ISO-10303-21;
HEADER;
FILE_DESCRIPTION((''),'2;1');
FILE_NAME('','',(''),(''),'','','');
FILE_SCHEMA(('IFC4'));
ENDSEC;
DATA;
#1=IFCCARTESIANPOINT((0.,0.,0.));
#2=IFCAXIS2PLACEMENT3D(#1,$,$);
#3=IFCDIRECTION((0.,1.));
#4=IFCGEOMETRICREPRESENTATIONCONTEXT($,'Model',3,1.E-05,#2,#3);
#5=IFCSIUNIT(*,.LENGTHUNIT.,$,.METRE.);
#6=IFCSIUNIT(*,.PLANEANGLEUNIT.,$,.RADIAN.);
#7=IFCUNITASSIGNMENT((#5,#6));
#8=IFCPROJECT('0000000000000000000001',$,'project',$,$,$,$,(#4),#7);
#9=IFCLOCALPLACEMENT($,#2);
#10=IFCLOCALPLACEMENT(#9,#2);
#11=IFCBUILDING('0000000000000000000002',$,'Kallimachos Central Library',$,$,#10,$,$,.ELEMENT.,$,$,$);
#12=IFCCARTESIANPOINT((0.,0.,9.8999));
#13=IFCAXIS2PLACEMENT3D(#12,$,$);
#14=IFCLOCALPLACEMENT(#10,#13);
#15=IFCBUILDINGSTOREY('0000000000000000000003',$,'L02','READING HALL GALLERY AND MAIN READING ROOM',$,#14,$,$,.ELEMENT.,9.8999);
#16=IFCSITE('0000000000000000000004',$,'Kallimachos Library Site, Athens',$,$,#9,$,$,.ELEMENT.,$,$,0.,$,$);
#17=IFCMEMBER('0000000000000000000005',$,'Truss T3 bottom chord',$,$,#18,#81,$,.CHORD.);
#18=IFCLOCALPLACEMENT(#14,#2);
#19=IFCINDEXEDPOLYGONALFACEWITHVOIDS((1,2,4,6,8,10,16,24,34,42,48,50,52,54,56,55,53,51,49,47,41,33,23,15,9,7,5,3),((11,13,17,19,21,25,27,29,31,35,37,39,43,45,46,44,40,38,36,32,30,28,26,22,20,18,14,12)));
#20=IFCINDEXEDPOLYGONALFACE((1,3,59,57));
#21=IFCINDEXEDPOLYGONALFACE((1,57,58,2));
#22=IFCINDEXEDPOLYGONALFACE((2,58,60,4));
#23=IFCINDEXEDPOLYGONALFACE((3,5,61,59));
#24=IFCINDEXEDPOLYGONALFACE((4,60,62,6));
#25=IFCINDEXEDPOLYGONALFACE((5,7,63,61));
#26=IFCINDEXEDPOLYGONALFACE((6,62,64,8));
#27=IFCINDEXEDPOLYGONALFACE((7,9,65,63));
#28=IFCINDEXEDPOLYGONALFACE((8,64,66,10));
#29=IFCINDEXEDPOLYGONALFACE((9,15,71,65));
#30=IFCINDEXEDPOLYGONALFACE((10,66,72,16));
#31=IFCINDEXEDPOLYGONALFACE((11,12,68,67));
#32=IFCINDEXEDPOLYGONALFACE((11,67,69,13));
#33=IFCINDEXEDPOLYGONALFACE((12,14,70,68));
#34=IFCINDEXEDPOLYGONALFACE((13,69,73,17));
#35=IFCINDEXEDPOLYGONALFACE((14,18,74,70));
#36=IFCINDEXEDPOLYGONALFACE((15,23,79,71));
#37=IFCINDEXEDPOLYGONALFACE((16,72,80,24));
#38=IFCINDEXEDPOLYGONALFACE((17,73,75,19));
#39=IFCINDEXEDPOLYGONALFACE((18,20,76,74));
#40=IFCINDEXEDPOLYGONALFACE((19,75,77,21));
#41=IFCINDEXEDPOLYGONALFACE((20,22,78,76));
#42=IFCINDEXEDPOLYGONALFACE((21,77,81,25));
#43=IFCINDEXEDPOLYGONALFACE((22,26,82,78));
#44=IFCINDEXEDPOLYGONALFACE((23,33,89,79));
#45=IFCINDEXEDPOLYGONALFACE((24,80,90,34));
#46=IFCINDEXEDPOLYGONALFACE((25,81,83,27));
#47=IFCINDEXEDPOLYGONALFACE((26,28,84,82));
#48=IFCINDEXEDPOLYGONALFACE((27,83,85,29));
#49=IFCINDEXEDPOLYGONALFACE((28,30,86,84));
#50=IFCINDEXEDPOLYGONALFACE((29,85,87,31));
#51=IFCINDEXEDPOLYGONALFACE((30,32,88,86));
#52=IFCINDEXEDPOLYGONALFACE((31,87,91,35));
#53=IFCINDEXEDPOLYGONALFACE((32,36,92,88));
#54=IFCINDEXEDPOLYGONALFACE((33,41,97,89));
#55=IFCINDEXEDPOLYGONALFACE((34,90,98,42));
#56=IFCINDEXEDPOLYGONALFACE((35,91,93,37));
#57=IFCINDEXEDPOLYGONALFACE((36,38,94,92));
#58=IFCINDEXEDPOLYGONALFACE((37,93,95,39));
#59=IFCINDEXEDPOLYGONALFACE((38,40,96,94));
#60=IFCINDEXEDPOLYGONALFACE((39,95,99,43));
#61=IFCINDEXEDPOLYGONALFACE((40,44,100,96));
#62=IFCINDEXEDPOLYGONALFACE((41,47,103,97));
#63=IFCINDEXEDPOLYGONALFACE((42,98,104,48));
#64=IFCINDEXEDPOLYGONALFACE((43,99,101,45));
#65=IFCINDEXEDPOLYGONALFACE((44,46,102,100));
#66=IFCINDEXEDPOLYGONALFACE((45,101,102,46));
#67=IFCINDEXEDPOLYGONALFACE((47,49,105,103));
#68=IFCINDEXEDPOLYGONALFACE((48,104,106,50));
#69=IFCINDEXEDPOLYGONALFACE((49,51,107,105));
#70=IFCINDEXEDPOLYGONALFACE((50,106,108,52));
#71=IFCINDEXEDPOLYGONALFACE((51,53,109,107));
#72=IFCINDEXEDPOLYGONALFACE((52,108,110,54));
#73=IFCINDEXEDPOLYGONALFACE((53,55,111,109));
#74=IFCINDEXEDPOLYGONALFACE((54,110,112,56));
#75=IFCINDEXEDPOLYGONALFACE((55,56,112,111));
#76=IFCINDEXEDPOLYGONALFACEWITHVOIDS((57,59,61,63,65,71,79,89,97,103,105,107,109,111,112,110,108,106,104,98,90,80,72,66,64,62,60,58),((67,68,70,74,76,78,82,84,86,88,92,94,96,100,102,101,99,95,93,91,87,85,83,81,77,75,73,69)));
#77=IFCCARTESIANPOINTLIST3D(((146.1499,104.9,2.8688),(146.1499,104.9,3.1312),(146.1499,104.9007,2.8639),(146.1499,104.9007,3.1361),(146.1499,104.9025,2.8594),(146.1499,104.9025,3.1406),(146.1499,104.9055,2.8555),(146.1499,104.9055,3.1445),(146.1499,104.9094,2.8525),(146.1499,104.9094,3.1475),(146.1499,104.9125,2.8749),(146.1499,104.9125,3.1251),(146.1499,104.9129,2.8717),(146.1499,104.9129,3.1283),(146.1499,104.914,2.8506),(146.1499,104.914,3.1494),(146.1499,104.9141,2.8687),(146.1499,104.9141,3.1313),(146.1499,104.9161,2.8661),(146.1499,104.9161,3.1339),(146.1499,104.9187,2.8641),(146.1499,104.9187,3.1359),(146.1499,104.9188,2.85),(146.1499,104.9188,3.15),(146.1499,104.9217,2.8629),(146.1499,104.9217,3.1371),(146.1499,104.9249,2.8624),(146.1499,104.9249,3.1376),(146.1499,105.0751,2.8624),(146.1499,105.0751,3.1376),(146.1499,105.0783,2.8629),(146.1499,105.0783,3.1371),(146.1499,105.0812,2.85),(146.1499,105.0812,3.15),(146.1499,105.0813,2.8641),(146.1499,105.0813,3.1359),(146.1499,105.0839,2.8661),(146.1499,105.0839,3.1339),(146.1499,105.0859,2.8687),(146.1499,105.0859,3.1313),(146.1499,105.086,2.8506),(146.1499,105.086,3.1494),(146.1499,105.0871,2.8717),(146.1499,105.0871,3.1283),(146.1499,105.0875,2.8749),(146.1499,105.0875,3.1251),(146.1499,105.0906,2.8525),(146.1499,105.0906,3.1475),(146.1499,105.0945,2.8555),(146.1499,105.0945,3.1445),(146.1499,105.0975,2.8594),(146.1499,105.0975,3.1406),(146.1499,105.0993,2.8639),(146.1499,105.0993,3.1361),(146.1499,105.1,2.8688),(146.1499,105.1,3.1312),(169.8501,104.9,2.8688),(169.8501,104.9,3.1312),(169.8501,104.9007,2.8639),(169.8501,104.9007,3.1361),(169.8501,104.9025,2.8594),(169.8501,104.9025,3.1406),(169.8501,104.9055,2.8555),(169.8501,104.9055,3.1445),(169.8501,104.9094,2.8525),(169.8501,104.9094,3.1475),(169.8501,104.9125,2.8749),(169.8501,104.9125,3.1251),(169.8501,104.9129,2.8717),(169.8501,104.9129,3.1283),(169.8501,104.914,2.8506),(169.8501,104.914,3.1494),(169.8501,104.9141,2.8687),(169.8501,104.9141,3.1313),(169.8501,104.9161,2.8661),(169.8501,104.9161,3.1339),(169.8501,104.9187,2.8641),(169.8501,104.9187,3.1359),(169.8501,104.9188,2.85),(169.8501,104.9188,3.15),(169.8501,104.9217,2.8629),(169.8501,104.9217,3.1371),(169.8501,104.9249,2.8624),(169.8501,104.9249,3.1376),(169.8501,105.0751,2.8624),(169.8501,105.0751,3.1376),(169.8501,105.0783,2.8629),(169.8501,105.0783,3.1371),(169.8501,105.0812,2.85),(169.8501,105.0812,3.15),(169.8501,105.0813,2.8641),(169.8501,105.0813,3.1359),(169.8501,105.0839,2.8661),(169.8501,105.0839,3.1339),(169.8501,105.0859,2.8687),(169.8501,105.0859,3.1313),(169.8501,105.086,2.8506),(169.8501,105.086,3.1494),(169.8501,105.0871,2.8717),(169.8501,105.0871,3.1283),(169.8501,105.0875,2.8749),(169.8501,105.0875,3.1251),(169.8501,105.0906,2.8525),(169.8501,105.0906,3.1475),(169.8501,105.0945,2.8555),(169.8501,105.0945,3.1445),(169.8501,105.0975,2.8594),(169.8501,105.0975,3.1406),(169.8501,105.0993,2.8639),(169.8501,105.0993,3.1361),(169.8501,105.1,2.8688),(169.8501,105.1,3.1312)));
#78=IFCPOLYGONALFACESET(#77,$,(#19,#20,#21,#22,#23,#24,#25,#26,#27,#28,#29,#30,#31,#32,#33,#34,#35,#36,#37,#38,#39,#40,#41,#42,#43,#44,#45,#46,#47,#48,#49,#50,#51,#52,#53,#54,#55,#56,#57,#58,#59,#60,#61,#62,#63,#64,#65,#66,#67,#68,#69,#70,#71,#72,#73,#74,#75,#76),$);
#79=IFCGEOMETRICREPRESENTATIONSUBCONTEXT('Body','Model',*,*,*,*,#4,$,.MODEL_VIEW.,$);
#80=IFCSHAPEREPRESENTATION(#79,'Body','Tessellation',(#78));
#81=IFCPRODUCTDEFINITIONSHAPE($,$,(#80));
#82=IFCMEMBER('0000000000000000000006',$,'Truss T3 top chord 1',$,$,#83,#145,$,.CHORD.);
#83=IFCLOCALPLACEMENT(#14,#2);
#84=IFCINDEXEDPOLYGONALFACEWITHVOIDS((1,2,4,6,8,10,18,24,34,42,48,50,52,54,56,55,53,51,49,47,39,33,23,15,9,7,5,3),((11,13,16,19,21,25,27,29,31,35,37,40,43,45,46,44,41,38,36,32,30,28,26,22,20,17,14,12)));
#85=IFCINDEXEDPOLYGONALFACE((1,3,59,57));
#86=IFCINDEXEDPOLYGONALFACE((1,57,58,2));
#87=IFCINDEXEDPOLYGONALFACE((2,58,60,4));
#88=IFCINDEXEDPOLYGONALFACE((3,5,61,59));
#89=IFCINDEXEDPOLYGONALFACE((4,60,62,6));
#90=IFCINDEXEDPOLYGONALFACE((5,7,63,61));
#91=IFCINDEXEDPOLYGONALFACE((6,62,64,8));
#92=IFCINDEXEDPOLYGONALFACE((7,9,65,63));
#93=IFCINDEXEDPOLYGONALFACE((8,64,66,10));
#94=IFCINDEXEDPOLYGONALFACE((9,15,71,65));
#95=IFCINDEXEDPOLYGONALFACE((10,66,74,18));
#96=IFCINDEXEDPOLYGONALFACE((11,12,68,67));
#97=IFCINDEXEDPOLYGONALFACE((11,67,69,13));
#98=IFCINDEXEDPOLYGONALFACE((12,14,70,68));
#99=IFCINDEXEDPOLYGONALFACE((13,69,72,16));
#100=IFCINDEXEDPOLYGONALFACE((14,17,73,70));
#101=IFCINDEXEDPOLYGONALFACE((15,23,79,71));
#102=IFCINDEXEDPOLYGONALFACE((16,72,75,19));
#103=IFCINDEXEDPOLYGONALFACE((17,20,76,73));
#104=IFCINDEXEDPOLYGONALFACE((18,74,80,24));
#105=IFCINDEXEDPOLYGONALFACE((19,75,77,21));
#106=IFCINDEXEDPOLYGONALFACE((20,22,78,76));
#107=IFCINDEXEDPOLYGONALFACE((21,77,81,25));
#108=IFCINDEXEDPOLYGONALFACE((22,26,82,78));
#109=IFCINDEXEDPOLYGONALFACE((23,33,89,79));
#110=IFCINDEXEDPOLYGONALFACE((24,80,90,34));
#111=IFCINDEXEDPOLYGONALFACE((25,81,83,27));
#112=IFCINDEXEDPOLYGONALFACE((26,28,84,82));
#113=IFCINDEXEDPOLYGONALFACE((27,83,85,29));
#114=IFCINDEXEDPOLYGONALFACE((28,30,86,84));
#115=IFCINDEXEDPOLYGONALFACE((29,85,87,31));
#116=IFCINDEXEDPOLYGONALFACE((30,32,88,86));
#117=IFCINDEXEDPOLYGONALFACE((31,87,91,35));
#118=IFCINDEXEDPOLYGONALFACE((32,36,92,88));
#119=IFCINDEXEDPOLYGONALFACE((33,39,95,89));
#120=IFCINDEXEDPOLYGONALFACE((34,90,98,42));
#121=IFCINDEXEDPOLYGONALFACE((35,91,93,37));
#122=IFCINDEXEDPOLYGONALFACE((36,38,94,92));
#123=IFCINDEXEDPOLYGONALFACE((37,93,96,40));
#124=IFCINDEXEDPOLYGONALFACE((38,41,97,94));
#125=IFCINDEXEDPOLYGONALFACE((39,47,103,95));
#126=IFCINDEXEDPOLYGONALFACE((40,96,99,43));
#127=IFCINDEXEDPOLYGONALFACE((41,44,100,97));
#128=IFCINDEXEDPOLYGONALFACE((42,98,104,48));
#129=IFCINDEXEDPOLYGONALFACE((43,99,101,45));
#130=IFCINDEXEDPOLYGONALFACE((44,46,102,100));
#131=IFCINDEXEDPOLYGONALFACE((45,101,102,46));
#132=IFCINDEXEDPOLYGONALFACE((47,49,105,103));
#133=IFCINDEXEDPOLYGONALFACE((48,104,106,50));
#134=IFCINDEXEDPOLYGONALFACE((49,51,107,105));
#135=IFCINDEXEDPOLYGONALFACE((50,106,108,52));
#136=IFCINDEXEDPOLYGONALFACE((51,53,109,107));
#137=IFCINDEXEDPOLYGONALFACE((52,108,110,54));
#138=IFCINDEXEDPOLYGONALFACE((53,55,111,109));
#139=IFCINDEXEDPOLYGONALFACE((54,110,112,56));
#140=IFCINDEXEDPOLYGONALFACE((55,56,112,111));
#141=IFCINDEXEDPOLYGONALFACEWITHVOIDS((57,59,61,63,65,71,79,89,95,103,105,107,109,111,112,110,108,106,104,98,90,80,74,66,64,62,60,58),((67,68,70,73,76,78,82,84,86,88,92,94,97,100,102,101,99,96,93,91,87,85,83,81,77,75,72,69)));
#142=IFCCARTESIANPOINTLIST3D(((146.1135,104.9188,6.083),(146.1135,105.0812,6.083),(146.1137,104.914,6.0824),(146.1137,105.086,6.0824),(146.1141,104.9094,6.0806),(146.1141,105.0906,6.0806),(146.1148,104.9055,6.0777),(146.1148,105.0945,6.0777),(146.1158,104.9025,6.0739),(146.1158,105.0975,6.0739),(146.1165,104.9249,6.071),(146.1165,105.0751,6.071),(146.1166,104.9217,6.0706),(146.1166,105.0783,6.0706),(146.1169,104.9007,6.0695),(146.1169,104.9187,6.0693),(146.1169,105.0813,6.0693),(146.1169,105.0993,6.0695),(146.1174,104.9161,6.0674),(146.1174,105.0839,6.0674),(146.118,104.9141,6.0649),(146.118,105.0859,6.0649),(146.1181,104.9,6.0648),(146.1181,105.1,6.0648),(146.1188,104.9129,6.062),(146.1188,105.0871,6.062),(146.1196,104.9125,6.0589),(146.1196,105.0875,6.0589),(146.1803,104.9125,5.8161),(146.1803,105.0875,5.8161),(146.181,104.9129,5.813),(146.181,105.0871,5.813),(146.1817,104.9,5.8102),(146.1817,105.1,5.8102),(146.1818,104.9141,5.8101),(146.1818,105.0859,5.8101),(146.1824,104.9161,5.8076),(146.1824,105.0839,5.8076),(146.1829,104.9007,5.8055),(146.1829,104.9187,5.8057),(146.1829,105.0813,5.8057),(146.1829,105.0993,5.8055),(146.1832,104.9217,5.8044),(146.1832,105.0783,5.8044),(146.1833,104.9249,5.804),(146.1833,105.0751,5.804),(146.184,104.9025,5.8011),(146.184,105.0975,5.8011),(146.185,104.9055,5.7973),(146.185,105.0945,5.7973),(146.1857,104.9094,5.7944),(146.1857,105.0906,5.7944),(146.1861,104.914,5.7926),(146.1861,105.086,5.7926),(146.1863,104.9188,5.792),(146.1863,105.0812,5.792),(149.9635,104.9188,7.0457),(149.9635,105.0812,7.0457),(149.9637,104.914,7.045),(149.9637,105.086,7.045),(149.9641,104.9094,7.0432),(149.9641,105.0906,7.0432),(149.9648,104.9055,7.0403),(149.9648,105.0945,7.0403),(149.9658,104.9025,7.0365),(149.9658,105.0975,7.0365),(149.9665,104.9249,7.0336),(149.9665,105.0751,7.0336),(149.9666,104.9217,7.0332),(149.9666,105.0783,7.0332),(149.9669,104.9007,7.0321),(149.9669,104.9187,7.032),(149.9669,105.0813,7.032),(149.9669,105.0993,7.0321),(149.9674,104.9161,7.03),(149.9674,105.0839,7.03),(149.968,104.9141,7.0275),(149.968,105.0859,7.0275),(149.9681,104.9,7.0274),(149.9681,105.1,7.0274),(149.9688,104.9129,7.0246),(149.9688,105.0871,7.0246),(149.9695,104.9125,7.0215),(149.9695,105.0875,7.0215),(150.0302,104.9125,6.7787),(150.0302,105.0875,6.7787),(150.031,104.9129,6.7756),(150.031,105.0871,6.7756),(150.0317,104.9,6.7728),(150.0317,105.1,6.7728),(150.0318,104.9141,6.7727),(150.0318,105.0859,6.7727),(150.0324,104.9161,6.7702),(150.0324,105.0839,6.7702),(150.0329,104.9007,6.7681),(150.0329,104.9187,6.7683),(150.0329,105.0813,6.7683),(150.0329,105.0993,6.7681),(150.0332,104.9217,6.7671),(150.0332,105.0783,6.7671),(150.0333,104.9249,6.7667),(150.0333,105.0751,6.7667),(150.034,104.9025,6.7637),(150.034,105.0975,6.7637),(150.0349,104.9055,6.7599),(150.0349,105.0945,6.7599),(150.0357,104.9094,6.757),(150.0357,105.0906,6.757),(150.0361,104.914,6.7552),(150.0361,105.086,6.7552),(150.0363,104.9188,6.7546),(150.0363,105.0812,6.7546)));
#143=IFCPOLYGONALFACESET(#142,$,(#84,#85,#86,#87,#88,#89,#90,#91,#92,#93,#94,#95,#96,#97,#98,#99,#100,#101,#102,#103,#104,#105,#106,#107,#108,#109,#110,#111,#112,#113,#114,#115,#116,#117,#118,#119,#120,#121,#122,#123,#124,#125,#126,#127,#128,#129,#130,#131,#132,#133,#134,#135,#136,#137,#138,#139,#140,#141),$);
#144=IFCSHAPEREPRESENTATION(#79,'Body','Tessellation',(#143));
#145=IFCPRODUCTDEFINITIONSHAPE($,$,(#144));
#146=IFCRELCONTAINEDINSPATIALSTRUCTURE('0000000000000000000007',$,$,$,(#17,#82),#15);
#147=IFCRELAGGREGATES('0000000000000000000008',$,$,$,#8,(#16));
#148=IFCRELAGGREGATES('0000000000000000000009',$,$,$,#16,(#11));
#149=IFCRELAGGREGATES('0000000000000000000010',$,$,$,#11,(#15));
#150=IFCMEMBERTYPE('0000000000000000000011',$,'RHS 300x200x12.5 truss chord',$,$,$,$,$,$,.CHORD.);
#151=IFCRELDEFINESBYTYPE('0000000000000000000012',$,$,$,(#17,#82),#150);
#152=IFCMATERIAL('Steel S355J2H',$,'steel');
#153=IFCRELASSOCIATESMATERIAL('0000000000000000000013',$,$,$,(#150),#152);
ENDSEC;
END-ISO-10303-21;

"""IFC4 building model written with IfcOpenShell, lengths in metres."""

from ifc_helpers import new_model, si_unit, direction, frame, origin, origin_2d, place, context, subcontext, project, spatial, hollow_rectangle, extrude, material, material_profile, profile_set, type_object, element, save


model = new_model("IFC4")

# Units and contexts
model_context = context("Model", 3, precision=1e-05, world=origin(), true_north=direction((0.0, 1.0)))
body_context = subcontext(model_context, "Body", "Model", "MODEL_VIEW")
ifc_project = project(units=[si_unit("LENGTHUNIT", "METRE"), si_unit("PLANEANGLEUNIT", "RADIAN")], contexts=[model_context])

# Site, building, storey
site_placement = place(None, origin())
site = spatial("IfcSite", under=ifc_project, at=site_placement, Name="Kallimachos Library Site, Athens", CompositionType="ELEMENT", RefElevation=0.0)
building_placement = place(site_placement, origin())
building = spatial("IfcBuilding", under=site, at=building_placement, Name="Kallimachos Central Library", CompositionType="ELEMENT")
storey_placement = place(building_placement, frame((0.0, 0.0, 9.8999)))
storey = spatial("IfcBuildingStorey", under=building, at=storey_placement, Name="L02", Description="READING HALL GALLERY AND MAIN READING ROOM", CompositionType="ELEMENT", Elevation=9.8999)

# Members
ifc_material_1 = material(Name="Steel S355J2H", Category="steel")
ifc_material_profile_1 = material_profile(ifc_material_1, hollow_rectangle(XDim=0.2, YDim=0.3, WallThickness=0.0125, InnerFilletRadius=0.0125, OuterFilletRadius=0.0188, at=origin_2d()), Name="RHS 300x200x12.5")
ifc_profile_set_1 = profile_set([ifc_material_profile_1], Name="Steel S355J2H")
member_type_1 = type_object("IfcMemberType", Name="RHS 300x200x12.5 truss chord", PredefinedType="CHORD", material=ifc_profile_set_1)
member_1_placement = place(storey_placement, frame((146.1499, 105.0, 3.0), z_axis=(1.0, 0.0, 0.0), x_axis=(0.0, 1.0, 0.0)))
element("IfcMember", 1, at=member_1_placement, inside=storey, type_object=member_type_1, Name="Truss T3 bottom chord", PredefinedType="CHORD", context=body_context, shape_type="SweptSolid", body=[
    extrude(hollow_rectangle(XDim=0.2, YDim=0.3, WallThickness=0.0125, InnerFilletRadius=0.0125, OuterFilletRadius=0.0188, at=origin_2d()), origin(), (0.0, 0.0, 1.0), 23.7002),
])
member_2_placement = place(storey_placement, frame((146.1499, 105.0, 5.9375), z_axis=(0.970135, 0.0, 0.242565), x_axis=(0.0, 1.0, 0.0)))
element("IfcMember", 2, at=member_2_placement, inside=storey, type_object=member_type_1, Name="Truss T3 top chord 1", PredefinedType="CHORD", context=body_context, shape_type="SweptSolid", body=[
    extrude(hollow_rectangle(XDim=0.2, YDim=0.3, WallThickness=0.0125, InnerFilletRadius=0.0125, OuterFilletRadius=0.0188, at=origin_2d()), origin(), (0.0, 0.0, 1.0), 3.9685),
])

save(model, "model.ifc")
